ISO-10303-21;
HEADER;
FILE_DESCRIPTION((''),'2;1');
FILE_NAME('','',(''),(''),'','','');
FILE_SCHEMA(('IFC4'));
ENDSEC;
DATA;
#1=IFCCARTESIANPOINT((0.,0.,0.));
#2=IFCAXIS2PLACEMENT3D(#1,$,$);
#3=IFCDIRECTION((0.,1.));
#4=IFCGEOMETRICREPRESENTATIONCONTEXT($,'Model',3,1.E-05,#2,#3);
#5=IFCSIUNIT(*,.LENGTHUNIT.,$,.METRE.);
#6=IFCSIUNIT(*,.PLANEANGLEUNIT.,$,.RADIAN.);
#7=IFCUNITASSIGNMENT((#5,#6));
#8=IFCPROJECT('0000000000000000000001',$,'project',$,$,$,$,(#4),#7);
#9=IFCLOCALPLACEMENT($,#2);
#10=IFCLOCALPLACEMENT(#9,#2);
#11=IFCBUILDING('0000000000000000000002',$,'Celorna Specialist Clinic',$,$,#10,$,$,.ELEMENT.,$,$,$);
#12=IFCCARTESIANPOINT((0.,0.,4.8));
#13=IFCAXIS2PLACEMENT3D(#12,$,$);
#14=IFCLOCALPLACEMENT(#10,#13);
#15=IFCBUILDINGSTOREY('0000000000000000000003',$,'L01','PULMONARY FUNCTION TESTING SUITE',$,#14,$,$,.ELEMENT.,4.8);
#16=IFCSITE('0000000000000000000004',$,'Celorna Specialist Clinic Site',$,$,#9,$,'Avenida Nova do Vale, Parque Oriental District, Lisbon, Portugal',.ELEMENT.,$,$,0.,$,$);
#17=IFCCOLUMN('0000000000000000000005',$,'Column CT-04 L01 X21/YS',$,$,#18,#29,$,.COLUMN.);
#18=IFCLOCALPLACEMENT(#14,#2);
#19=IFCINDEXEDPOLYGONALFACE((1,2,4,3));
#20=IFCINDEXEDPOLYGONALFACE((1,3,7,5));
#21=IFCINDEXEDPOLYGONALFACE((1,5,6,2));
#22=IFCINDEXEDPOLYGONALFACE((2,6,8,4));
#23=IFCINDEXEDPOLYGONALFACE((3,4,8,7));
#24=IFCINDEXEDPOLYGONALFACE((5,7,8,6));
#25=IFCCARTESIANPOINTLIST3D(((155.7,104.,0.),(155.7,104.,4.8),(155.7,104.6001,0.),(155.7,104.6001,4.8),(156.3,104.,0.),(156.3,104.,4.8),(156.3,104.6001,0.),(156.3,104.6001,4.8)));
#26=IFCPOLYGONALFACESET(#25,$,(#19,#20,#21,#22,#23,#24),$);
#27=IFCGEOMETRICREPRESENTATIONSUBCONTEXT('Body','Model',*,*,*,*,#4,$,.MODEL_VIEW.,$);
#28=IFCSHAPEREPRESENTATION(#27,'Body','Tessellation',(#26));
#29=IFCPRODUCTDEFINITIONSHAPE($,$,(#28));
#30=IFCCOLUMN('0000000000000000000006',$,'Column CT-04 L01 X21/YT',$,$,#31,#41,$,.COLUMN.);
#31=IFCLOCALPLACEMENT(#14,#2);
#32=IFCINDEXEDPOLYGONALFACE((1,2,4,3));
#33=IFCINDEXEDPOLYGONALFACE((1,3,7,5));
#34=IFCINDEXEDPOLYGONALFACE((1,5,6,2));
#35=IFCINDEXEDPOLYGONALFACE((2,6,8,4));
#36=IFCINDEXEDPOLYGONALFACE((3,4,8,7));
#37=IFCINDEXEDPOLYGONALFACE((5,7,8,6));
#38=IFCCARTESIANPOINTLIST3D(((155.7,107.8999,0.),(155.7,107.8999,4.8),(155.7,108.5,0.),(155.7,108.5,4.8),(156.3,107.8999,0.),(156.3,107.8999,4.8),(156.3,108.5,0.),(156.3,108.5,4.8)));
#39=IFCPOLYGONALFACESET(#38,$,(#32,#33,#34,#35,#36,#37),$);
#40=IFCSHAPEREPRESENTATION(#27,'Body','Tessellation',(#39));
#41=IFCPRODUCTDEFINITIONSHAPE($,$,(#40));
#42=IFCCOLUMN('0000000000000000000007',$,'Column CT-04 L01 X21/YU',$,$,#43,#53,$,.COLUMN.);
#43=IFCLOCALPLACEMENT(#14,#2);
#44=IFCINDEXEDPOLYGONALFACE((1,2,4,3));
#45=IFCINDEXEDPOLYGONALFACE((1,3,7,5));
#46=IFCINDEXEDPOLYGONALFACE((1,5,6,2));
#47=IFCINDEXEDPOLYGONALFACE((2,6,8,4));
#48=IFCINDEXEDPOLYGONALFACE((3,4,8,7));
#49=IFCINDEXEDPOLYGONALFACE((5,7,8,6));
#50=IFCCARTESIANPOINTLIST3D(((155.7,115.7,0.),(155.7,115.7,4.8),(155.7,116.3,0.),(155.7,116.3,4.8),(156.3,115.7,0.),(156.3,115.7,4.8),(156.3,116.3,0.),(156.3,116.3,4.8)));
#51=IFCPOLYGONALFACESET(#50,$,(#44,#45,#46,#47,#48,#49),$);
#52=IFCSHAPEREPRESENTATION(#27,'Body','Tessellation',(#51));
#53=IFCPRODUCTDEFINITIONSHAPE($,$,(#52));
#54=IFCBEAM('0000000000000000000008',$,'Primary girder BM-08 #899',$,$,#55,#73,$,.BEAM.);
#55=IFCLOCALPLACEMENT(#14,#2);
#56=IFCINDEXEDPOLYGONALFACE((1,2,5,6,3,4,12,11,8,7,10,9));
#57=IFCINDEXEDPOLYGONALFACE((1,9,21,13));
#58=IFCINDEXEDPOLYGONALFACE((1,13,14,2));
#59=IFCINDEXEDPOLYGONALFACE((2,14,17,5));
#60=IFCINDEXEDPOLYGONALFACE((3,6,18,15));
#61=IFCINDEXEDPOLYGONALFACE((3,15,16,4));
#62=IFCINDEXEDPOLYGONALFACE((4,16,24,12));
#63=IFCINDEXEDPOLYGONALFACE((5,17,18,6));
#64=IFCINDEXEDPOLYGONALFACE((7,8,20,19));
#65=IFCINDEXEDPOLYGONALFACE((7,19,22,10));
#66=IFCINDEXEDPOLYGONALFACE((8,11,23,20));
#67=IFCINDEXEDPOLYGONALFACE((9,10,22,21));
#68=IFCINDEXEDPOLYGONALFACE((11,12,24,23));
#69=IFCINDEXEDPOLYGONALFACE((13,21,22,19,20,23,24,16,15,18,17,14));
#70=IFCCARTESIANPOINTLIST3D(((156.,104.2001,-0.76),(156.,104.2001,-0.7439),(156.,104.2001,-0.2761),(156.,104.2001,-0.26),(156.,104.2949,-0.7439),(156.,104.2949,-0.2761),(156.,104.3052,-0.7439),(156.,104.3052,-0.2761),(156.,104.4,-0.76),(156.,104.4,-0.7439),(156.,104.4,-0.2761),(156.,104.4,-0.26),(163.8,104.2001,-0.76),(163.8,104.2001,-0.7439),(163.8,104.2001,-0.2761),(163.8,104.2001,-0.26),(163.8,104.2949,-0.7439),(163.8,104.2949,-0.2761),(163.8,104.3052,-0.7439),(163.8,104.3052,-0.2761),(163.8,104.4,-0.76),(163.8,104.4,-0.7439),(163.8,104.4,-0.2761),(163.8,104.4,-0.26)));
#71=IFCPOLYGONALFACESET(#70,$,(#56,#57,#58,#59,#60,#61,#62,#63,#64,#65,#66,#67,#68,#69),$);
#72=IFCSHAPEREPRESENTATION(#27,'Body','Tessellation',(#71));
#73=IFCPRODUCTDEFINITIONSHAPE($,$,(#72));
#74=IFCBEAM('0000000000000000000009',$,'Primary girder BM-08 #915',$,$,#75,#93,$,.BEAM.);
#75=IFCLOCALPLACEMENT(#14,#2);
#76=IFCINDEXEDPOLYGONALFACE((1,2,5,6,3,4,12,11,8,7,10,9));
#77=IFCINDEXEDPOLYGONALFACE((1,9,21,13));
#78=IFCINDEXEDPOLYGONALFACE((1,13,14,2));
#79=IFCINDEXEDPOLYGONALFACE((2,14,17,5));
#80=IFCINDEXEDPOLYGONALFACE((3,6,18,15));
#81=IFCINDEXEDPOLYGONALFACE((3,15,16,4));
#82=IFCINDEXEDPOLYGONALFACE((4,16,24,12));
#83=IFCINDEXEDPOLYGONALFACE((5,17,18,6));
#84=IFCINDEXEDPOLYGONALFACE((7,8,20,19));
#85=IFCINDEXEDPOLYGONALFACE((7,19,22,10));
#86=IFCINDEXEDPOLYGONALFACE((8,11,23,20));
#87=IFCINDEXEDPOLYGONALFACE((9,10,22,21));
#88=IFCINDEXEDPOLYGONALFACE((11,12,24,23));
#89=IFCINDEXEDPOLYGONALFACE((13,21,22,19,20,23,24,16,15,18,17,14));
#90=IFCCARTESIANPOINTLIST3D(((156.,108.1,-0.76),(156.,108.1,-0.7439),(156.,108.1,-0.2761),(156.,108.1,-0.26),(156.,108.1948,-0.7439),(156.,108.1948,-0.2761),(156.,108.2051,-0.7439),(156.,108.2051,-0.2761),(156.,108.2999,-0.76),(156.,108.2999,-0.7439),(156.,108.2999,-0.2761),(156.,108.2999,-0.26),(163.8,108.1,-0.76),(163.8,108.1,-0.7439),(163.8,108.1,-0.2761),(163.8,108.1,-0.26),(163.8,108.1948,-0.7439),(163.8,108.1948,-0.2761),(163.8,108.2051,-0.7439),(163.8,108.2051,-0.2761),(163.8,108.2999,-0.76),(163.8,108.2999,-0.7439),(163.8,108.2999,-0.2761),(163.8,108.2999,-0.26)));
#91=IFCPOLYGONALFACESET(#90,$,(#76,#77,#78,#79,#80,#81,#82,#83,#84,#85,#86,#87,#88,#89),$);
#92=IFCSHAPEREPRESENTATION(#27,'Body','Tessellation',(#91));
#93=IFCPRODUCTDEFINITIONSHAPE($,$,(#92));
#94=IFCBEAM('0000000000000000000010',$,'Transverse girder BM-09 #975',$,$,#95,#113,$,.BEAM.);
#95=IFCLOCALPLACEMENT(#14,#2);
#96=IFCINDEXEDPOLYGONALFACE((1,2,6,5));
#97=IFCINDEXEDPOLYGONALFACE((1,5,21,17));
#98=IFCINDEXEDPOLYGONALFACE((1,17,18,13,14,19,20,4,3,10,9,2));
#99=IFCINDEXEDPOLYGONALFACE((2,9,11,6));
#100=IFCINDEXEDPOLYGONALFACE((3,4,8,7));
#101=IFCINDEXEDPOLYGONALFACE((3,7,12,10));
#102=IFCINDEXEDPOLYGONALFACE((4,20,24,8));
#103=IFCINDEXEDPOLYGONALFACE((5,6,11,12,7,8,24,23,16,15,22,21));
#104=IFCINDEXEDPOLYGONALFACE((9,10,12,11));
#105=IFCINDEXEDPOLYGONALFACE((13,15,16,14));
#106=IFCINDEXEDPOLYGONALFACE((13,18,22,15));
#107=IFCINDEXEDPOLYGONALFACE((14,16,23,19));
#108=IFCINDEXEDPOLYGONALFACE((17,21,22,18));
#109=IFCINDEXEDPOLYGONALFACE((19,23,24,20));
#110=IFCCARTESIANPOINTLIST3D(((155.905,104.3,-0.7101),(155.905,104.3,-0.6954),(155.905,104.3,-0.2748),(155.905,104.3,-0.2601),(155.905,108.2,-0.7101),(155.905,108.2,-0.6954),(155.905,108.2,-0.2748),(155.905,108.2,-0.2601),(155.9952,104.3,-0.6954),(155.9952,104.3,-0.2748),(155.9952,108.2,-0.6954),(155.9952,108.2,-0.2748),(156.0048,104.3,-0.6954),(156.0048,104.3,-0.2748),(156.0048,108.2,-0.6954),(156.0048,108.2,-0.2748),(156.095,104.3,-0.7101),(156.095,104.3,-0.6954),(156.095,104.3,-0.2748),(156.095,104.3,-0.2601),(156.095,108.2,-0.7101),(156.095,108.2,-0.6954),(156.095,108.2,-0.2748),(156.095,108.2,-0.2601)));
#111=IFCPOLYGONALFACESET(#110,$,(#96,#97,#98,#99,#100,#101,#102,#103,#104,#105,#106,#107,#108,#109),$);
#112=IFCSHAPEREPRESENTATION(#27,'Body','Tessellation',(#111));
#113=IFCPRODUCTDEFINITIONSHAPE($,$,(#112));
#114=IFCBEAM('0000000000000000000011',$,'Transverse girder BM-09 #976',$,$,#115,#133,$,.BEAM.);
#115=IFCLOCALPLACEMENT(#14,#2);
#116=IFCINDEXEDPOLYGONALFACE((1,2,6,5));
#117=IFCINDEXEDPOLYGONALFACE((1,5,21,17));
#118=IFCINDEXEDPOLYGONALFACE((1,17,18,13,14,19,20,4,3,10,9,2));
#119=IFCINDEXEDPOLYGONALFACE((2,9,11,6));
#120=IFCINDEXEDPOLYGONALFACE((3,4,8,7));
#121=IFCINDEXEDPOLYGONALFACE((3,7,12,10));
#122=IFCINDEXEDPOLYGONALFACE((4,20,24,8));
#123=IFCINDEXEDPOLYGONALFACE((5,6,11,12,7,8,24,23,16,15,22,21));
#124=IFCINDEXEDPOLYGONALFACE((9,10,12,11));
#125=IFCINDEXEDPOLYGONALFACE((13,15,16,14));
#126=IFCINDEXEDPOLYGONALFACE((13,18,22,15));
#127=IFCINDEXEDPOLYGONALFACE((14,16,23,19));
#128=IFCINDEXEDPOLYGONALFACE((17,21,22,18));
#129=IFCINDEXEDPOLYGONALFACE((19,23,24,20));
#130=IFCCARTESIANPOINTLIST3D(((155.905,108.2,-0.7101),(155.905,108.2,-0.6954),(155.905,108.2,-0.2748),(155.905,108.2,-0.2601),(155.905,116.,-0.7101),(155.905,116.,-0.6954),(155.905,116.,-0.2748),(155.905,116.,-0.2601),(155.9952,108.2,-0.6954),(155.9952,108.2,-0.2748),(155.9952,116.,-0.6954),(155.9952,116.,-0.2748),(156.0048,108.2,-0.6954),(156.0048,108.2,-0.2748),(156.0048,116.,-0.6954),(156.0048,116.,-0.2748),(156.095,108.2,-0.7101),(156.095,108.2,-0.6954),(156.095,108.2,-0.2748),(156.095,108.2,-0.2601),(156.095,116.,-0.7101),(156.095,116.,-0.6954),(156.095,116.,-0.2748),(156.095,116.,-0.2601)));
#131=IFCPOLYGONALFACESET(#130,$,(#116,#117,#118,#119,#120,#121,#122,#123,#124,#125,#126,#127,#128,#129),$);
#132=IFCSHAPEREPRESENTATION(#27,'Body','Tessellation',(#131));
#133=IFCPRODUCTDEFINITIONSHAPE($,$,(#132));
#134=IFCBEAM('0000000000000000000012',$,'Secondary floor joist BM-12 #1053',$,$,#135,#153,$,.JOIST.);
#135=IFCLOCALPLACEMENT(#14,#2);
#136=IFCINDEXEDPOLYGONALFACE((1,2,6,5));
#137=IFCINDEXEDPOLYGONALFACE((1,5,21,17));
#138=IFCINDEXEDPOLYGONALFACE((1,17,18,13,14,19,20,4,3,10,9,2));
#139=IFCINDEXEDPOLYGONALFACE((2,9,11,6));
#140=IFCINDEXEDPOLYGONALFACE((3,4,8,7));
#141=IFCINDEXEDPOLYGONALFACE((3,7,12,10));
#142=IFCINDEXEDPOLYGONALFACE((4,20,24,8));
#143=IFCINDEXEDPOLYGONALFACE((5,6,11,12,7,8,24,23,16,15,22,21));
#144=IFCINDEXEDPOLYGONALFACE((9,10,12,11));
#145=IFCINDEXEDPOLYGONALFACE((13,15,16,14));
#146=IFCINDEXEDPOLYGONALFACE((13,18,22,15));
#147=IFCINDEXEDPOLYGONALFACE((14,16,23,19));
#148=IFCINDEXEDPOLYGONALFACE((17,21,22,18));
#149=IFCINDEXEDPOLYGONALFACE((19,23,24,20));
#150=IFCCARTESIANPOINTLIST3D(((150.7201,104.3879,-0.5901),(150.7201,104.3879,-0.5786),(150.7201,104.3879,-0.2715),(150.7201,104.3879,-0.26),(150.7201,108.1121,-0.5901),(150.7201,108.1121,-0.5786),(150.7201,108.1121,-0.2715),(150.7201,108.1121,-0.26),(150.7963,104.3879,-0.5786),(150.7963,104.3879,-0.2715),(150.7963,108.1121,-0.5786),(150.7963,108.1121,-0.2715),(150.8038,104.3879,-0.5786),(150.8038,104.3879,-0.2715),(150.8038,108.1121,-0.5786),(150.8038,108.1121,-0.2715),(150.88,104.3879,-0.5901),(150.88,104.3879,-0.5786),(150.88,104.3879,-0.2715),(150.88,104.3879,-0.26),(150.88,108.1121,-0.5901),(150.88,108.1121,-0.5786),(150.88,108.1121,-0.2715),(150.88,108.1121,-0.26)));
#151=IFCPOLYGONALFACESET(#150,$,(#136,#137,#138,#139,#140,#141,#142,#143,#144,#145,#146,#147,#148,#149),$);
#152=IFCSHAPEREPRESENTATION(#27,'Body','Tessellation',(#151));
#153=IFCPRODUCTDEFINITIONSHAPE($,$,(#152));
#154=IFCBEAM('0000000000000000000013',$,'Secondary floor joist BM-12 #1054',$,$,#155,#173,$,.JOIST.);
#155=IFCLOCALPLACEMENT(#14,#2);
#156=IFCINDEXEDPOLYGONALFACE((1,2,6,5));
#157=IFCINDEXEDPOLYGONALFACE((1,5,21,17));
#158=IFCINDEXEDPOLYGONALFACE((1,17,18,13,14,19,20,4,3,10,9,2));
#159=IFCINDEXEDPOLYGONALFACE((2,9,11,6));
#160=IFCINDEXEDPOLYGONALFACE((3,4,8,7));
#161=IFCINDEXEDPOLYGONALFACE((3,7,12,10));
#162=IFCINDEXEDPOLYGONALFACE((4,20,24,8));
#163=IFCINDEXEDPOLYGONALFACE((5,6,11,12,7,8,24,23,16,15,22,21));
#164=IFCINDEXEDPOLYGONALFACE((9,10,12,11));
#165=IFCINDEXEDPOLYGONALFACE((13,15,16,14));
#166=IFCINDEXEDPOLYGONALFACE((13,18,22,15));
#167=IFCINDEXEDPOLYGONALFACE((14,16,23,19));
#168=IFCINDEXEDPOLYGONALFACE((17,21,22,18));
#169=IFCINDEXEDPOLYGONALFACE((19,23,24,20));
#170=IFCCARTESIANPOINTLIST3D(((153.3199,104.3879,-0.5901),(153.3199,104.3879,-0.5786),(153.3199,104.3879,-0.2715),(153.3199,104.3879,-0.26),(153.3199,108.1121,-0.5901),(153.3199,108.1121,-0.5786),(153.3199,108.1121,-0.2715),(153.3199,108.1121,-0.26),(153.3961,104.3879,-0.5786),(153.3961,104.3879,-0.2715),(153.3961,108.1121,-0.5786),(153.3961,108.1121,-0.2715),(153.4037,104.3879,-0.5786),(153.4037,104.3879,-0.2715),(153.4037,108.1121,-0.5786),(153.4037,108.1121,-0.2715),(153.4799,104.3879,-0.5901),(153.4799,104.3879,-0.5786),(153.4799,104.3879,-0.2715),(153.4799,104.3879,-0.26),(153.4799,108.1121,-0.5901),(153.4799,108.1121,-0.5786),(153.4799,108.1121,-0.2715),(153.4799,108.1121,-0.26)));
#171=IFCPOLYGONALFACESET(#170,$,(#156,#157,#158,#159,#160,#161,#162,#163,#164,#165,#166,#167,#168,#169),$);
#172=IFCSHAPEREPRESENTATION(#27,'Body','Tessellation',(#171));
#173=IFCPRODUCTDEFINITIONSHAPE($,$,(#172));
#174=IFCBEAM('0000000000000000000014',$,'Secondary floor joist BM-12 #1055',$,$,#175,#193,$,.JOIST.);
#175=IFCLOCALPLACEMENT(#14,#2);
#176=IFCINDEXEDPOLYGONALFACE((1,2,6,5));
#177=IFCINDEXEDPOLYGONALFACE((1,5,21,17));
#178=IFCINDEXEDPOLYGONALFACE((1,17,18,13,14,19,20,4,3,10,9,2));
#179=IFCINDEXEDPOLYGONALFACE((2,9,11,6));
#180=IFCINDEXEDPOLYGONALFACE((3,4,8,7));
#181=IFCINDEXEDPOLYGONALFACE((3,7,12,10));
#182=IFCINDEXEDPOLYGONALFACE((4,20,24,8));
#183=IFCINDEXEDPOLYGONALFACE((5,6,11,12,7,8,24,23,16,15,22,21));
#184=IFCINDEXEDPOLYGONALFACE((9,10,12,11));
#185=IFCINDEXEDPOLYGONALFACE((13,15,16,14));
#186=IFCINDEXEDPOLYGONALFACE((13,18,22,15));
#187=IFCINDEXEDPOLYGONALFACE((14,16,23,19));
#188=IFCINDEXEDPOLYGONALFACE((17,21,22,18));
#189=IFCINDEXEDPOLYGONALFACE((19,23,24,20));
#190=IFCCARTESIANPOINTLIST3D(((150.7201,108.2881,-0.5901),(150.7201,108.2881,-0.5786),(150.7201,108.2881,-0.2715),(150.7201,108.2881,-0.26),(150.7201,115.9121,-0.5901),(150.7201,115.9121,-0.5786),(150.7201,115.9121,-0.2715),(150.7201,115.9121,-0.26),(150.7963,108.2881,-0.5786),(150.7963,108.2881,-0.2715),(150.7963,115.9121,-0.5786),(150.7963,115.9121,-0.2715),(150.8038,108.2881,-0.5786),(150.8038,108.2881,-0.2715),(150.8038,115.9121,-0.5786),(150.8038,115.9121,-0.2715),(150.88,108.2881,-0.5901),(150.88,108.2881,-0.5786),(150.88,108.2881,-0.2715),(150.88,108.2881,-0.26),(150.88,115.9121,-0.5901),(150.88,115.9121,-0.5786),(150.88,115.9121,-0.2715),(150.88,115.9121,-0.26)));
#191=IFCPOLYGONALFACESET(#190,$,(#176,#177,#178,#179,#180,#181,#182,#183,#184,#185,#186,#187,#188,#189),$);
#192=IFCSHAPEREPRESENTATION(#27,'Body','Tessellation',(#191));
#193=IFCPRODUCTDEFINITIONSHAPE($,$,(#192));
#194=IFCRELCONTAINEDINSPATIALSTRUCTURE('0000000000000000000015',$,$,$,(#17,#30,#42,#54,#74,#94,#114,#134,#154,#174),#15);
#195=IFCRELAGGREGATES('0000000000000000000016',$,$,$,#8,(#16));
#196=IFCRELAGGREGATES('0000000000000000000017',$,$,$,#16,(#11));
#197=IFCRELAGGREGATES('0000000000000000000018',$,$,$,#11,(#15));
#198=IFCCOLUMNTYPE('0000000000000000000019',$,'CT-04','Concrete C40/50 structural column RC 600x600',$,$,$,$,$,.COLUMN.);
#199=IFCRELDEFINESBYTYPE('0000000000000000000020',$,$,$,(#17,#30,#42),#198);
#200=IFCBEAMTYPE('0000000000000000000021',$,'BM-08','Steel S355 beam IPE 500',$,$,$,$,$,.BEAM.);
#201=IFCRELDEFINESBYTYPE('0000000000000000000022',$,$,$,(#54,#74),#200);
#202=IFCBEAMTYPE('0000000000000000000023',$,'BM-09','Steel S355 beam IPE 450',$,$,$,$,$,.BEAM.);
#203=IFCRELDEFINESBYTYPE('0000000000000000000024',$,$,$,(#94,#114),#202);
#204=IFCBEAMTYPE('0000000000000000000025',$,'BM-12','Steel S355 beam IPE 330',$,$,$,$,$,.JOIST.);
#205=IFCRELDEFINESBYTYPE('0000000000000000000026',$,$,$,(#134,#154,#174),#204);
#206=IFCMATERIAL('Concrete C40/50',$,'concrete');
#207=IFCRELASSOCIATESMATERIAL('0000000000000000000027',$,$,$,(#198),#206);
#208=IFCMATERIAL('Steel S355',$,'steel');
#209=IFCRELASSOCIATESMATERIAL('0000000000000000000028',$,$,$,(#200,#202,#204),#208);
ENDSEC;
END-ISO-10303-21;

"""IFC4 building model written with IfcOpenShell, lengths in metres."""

from ifc_helpers import new_model, si_unit, direction, frame, origin, origin_2d, place, context, subcontext, project, spatial, rectangle, i_section, extrude, material, material_profile, profile_set, type_object, element, save


model = new_model("IFC4")

# Units and contexts
model_context = context("Model", 3, precision=1e-05, world=origin(), true_north=direction((0.0, 1.0)))
body_context = subcontext(model_context, "Body", "Model", "MODEL_VIEW")
ifc_project = project(units=[si_unit("LENGTHUNIT", "METRE"), si_unit("PLANEANGLEUNIT", "RADIAN")], contexts=[model_context])

# Site, building, storey
site_placement = place(None, origin())
site = spatial("IfcSite", under=ifc_project, at=site_placement, Name="Celorna Specialist Clinic Site", LongName="Avenida Nova do Vale, Parque Oriental District, Lisbon, Portugal", CompositionType="ELEMENT", RefElevation=0.0)
building_placement = place(site_placement, origin())
building = spatial("IfcBuilding", under=site, at=building_placement, Name="Celorna Specialist Clinic", CompositionType="ELEMENT")
storey_placement = place(building_placement, frame((0.0, 0.0, 4.8)))
storey = spatial("IfcBuildingStorey", under=building, at=storey_placement, Name="L01", Description="PULMONARY FUNCTION TESTING SUITE", CompositionType="ELEMENT", Elevation=4.8)

# Columns
ifc_material_1 = material(Name="Concrete C40/50", Category="concrete")
ifc_material_profile_1 = material_profile(ifc_material_1, rectangle(XDim=0.6001, YDim=0.6001, at=origin_2d()), Name="RC 600x600")
ifc_profile_set_1 = profile_set([ifc_material_profile_1], Name="Concrete C40/50")
column_type = type_object("IfcColumnType", Name="CT-04", Description="Concrete C40/50 structural column RC 600x600", PredefinedType="COLUMN", material=ifc_profile_set_1)
for number, where, z_axis, x_axis, name in (
    (1, (156.0, 104.3, 0.0), (0.0, 0.0, 1.0), (1.0, 0.0, 0.0), "Column CT-04 L01 X21/YS"),
    (2, (156.0, 108.2, 0.0), (0.0, 0.0, 1.0), (1.0, 0.0, 0.0), "Column CT-04 L01 X21/YT"),
    (3, (156.0, 116.0, 0.0), (0.0, 0.0, 1.0), (1.0, 0.0, 0.0), "Column CT-04 L01 X21/YU"),
):
    element("IfcColumn", number, at=place(storey_placement, frame(where, z_axis=z_axis, x_axis=x_axis)), inside=storey, type_object=column_type, Name=name, PredefinedType="COLUMN", context=body_context, shape_type="SweptSolid", body=[
        extrude(rectangle(XDim=0.6001, YDim=0.6001, at=origin_2d()), origin(), (0.0, 0.0, 1.0), 4.8),
    ])

# Beams
ifc_material_2 = material(Name="Steel S355", Category="steel")
ifc_material_profile_2 = material_profile(ifc_material_2, i_section(OverallWidth=0.2, OverallDepth=0.5, WebThickness=0.0103, FlangeThickness=0.0161, at=origin_2d()), Name="IPE 500")
ifc_profile_set_2 = profile_set([ifc_material_profile_2], Name="Steel S355")
beam_type_1 = type_object("IfcBeamType", Name="BM-08", Description="Steel S355 beam IPE 500", PredefinedType="BEAM", material=ifc_profile_set_2)
for number, where, z_axis, x_axis, name in (
    (4, (156.0, 104.3, -0.51), (1.0, 0.0, 0.0), (0.0, 1.0, 0.0), "Primary girder BM-08 #899"),
    (5, (156.0, 108.2, -0.51), (1.0, 0.0, 0.0), (0.0, 1.0, 0.0), "Primary girder BM-08 #915"),
):
    element("IfcBeam", number, at=place(storey_placement, frame(where, z_axis=z_axis, x_axis=x_axis)), inside=storey, type_object=beam_type_1, Name=name, PredefinedType="BEAM", context=body_context, shape_type="SweptSolid", body=[
        extrude(i_section(OverallWidth=0.2, OverallDepth=0.5, WebThickness=0.0103, FlangeThickness=0.0161, at=origin_2d()), origin(), (0.0, 0.0, 1.0), 7.8),
    ])
ifc_material_profile_3 = material_profile(ifc_material_2, i_section(OverallWidth=0.1899, OverallDepth=0.45, WebThickness=0.0095, FlangeThickness=0.0146, at=origin_2d()), Name="IPE 450")
ifc_profile_set_3 = profile_set([ifc_material_profile_3], Name="Steel S355")
beam_type_2 = type_object("IfcBeamType", Name="BM-09", Description="Steel S355 beam IPE 450", PredefinedType="BEAM", material=ifc_profile_set_3)
beam_1_placement = place(storey_placement, frame((156.0, 104.3, -0.4851), z_axis=(0.0, 1.0, 0.0), x_axis=(-1.0, 0.0, 0.0)))
element("IfcBeam", 6, at=beam_1_placement, inside=storey, type_object=beam_type_2, Name="Transverse girder BM-09 #975", PredefinedType="BEAM", context=body_context, shape_type="SweptSolid", body=[
    extrude(i_section(OverallWidth=0.1899, OverallDepth=0.45, WebThickness=0.0095, FlangeThickness=0.0146, at=origin_2d()), origin(), (0.0, 0.0, 1.0), 3.8999),
])
beam_2_placement = place(storey_placement, frame((156.0, 108.2, -0.4851), z_axis=(0.0, 1.0, 0.0), x_axis=(-1.0, 0.0, 0.0)))
element("IfcBeam", 7, at=beam_2_placement, inside=storey, type_object=beam_type_2, Name="Transverse girder BM-09 #976", PredefinedType="BEAM", context=body_context, shape_type="SweptSolid", body=[
    extrude(i_section(OverallWidth=0.1899, OverallDepth=0.45, WebThickness=0.0095, FlangeThickness=0.0146, at=origin_2d()), origin(), (0.0, 0.0, 1.0), 7.8),
])
ifc_material_profile_4 = material_profile(ifc_material_2, i_section(OverallWidth=0.1599, OverallDepth=0.3301, WebThickness=0.0076, FlangeThickness=0.0115, at=origin_2d()), Name="IPE 330")
ifc_profile_set_4 = profile_set([ifc_material_profile_4], Name="Steel S355")
beam_type_3 = type_object("IfcBeamType", Name="BM-12", Description="Steel S355 beam IPE 330", PredefinedType="JOIST", material=ifc_profile_set_4)
for number, where, z_axis, x_axis, name in (
    (8, (150.8, 104.3879, -0.425), (0.0, 1.0, 0.0), (-1.0, 0.0, 0.0), "Secondary floor joist BM-12 #1053"),
    (9, (153.3999, 104.3879, -0.425), (0.0, 1.0, 0.0), (-1.0, 0.0, 0.0), "Secondary floor joist BM-12 #1054"),
):
    element("IfcBeam", number, at=place(storey_placement, frame(where, z_axis=z_axis, x_axis=x_axis)), inside=storey, type_object=beam_type_3, Name=name, PredefinedType="JOIST", context=body_context, shape_type="SweptSolid", body=[
        extrude(i_section(OverallWidth=0.1599, OverallDepth=0.3301, WebThickness=0.0076, FlangeThickness=0.0115, at=origin_2d()), origin(), (0.0, 0.0, 1.0), 3.7241),
    ])
for number, where, z_axis, x_axis, name in (
    (10, (150.8, 108.2881, -0.425), (0.0, 1.0, 0.0), (-1.0, 0.0, 0.0), "Secondary floor joist BM-12 #1055"),
):
    element("IfcBeam", number, at=place(storey_placement, frame(where, z_axis=z_axis, x_axis=x_axis)), inside=storey, type_object=beam_type_3, Name=name, PredefinedType="JOIST", context=body_context, shape_type="SweptSolid", body=[
        extrude(i_section(OverallWidth=0.1599, OverallDepth=0.3301, WebThickness=0.0076, FlangeThickness=0.0115, at=origin_2d()), origin(), (0.0, 0.0, 1.0), 7.624),
    ])

save(model, "model.ifc")
